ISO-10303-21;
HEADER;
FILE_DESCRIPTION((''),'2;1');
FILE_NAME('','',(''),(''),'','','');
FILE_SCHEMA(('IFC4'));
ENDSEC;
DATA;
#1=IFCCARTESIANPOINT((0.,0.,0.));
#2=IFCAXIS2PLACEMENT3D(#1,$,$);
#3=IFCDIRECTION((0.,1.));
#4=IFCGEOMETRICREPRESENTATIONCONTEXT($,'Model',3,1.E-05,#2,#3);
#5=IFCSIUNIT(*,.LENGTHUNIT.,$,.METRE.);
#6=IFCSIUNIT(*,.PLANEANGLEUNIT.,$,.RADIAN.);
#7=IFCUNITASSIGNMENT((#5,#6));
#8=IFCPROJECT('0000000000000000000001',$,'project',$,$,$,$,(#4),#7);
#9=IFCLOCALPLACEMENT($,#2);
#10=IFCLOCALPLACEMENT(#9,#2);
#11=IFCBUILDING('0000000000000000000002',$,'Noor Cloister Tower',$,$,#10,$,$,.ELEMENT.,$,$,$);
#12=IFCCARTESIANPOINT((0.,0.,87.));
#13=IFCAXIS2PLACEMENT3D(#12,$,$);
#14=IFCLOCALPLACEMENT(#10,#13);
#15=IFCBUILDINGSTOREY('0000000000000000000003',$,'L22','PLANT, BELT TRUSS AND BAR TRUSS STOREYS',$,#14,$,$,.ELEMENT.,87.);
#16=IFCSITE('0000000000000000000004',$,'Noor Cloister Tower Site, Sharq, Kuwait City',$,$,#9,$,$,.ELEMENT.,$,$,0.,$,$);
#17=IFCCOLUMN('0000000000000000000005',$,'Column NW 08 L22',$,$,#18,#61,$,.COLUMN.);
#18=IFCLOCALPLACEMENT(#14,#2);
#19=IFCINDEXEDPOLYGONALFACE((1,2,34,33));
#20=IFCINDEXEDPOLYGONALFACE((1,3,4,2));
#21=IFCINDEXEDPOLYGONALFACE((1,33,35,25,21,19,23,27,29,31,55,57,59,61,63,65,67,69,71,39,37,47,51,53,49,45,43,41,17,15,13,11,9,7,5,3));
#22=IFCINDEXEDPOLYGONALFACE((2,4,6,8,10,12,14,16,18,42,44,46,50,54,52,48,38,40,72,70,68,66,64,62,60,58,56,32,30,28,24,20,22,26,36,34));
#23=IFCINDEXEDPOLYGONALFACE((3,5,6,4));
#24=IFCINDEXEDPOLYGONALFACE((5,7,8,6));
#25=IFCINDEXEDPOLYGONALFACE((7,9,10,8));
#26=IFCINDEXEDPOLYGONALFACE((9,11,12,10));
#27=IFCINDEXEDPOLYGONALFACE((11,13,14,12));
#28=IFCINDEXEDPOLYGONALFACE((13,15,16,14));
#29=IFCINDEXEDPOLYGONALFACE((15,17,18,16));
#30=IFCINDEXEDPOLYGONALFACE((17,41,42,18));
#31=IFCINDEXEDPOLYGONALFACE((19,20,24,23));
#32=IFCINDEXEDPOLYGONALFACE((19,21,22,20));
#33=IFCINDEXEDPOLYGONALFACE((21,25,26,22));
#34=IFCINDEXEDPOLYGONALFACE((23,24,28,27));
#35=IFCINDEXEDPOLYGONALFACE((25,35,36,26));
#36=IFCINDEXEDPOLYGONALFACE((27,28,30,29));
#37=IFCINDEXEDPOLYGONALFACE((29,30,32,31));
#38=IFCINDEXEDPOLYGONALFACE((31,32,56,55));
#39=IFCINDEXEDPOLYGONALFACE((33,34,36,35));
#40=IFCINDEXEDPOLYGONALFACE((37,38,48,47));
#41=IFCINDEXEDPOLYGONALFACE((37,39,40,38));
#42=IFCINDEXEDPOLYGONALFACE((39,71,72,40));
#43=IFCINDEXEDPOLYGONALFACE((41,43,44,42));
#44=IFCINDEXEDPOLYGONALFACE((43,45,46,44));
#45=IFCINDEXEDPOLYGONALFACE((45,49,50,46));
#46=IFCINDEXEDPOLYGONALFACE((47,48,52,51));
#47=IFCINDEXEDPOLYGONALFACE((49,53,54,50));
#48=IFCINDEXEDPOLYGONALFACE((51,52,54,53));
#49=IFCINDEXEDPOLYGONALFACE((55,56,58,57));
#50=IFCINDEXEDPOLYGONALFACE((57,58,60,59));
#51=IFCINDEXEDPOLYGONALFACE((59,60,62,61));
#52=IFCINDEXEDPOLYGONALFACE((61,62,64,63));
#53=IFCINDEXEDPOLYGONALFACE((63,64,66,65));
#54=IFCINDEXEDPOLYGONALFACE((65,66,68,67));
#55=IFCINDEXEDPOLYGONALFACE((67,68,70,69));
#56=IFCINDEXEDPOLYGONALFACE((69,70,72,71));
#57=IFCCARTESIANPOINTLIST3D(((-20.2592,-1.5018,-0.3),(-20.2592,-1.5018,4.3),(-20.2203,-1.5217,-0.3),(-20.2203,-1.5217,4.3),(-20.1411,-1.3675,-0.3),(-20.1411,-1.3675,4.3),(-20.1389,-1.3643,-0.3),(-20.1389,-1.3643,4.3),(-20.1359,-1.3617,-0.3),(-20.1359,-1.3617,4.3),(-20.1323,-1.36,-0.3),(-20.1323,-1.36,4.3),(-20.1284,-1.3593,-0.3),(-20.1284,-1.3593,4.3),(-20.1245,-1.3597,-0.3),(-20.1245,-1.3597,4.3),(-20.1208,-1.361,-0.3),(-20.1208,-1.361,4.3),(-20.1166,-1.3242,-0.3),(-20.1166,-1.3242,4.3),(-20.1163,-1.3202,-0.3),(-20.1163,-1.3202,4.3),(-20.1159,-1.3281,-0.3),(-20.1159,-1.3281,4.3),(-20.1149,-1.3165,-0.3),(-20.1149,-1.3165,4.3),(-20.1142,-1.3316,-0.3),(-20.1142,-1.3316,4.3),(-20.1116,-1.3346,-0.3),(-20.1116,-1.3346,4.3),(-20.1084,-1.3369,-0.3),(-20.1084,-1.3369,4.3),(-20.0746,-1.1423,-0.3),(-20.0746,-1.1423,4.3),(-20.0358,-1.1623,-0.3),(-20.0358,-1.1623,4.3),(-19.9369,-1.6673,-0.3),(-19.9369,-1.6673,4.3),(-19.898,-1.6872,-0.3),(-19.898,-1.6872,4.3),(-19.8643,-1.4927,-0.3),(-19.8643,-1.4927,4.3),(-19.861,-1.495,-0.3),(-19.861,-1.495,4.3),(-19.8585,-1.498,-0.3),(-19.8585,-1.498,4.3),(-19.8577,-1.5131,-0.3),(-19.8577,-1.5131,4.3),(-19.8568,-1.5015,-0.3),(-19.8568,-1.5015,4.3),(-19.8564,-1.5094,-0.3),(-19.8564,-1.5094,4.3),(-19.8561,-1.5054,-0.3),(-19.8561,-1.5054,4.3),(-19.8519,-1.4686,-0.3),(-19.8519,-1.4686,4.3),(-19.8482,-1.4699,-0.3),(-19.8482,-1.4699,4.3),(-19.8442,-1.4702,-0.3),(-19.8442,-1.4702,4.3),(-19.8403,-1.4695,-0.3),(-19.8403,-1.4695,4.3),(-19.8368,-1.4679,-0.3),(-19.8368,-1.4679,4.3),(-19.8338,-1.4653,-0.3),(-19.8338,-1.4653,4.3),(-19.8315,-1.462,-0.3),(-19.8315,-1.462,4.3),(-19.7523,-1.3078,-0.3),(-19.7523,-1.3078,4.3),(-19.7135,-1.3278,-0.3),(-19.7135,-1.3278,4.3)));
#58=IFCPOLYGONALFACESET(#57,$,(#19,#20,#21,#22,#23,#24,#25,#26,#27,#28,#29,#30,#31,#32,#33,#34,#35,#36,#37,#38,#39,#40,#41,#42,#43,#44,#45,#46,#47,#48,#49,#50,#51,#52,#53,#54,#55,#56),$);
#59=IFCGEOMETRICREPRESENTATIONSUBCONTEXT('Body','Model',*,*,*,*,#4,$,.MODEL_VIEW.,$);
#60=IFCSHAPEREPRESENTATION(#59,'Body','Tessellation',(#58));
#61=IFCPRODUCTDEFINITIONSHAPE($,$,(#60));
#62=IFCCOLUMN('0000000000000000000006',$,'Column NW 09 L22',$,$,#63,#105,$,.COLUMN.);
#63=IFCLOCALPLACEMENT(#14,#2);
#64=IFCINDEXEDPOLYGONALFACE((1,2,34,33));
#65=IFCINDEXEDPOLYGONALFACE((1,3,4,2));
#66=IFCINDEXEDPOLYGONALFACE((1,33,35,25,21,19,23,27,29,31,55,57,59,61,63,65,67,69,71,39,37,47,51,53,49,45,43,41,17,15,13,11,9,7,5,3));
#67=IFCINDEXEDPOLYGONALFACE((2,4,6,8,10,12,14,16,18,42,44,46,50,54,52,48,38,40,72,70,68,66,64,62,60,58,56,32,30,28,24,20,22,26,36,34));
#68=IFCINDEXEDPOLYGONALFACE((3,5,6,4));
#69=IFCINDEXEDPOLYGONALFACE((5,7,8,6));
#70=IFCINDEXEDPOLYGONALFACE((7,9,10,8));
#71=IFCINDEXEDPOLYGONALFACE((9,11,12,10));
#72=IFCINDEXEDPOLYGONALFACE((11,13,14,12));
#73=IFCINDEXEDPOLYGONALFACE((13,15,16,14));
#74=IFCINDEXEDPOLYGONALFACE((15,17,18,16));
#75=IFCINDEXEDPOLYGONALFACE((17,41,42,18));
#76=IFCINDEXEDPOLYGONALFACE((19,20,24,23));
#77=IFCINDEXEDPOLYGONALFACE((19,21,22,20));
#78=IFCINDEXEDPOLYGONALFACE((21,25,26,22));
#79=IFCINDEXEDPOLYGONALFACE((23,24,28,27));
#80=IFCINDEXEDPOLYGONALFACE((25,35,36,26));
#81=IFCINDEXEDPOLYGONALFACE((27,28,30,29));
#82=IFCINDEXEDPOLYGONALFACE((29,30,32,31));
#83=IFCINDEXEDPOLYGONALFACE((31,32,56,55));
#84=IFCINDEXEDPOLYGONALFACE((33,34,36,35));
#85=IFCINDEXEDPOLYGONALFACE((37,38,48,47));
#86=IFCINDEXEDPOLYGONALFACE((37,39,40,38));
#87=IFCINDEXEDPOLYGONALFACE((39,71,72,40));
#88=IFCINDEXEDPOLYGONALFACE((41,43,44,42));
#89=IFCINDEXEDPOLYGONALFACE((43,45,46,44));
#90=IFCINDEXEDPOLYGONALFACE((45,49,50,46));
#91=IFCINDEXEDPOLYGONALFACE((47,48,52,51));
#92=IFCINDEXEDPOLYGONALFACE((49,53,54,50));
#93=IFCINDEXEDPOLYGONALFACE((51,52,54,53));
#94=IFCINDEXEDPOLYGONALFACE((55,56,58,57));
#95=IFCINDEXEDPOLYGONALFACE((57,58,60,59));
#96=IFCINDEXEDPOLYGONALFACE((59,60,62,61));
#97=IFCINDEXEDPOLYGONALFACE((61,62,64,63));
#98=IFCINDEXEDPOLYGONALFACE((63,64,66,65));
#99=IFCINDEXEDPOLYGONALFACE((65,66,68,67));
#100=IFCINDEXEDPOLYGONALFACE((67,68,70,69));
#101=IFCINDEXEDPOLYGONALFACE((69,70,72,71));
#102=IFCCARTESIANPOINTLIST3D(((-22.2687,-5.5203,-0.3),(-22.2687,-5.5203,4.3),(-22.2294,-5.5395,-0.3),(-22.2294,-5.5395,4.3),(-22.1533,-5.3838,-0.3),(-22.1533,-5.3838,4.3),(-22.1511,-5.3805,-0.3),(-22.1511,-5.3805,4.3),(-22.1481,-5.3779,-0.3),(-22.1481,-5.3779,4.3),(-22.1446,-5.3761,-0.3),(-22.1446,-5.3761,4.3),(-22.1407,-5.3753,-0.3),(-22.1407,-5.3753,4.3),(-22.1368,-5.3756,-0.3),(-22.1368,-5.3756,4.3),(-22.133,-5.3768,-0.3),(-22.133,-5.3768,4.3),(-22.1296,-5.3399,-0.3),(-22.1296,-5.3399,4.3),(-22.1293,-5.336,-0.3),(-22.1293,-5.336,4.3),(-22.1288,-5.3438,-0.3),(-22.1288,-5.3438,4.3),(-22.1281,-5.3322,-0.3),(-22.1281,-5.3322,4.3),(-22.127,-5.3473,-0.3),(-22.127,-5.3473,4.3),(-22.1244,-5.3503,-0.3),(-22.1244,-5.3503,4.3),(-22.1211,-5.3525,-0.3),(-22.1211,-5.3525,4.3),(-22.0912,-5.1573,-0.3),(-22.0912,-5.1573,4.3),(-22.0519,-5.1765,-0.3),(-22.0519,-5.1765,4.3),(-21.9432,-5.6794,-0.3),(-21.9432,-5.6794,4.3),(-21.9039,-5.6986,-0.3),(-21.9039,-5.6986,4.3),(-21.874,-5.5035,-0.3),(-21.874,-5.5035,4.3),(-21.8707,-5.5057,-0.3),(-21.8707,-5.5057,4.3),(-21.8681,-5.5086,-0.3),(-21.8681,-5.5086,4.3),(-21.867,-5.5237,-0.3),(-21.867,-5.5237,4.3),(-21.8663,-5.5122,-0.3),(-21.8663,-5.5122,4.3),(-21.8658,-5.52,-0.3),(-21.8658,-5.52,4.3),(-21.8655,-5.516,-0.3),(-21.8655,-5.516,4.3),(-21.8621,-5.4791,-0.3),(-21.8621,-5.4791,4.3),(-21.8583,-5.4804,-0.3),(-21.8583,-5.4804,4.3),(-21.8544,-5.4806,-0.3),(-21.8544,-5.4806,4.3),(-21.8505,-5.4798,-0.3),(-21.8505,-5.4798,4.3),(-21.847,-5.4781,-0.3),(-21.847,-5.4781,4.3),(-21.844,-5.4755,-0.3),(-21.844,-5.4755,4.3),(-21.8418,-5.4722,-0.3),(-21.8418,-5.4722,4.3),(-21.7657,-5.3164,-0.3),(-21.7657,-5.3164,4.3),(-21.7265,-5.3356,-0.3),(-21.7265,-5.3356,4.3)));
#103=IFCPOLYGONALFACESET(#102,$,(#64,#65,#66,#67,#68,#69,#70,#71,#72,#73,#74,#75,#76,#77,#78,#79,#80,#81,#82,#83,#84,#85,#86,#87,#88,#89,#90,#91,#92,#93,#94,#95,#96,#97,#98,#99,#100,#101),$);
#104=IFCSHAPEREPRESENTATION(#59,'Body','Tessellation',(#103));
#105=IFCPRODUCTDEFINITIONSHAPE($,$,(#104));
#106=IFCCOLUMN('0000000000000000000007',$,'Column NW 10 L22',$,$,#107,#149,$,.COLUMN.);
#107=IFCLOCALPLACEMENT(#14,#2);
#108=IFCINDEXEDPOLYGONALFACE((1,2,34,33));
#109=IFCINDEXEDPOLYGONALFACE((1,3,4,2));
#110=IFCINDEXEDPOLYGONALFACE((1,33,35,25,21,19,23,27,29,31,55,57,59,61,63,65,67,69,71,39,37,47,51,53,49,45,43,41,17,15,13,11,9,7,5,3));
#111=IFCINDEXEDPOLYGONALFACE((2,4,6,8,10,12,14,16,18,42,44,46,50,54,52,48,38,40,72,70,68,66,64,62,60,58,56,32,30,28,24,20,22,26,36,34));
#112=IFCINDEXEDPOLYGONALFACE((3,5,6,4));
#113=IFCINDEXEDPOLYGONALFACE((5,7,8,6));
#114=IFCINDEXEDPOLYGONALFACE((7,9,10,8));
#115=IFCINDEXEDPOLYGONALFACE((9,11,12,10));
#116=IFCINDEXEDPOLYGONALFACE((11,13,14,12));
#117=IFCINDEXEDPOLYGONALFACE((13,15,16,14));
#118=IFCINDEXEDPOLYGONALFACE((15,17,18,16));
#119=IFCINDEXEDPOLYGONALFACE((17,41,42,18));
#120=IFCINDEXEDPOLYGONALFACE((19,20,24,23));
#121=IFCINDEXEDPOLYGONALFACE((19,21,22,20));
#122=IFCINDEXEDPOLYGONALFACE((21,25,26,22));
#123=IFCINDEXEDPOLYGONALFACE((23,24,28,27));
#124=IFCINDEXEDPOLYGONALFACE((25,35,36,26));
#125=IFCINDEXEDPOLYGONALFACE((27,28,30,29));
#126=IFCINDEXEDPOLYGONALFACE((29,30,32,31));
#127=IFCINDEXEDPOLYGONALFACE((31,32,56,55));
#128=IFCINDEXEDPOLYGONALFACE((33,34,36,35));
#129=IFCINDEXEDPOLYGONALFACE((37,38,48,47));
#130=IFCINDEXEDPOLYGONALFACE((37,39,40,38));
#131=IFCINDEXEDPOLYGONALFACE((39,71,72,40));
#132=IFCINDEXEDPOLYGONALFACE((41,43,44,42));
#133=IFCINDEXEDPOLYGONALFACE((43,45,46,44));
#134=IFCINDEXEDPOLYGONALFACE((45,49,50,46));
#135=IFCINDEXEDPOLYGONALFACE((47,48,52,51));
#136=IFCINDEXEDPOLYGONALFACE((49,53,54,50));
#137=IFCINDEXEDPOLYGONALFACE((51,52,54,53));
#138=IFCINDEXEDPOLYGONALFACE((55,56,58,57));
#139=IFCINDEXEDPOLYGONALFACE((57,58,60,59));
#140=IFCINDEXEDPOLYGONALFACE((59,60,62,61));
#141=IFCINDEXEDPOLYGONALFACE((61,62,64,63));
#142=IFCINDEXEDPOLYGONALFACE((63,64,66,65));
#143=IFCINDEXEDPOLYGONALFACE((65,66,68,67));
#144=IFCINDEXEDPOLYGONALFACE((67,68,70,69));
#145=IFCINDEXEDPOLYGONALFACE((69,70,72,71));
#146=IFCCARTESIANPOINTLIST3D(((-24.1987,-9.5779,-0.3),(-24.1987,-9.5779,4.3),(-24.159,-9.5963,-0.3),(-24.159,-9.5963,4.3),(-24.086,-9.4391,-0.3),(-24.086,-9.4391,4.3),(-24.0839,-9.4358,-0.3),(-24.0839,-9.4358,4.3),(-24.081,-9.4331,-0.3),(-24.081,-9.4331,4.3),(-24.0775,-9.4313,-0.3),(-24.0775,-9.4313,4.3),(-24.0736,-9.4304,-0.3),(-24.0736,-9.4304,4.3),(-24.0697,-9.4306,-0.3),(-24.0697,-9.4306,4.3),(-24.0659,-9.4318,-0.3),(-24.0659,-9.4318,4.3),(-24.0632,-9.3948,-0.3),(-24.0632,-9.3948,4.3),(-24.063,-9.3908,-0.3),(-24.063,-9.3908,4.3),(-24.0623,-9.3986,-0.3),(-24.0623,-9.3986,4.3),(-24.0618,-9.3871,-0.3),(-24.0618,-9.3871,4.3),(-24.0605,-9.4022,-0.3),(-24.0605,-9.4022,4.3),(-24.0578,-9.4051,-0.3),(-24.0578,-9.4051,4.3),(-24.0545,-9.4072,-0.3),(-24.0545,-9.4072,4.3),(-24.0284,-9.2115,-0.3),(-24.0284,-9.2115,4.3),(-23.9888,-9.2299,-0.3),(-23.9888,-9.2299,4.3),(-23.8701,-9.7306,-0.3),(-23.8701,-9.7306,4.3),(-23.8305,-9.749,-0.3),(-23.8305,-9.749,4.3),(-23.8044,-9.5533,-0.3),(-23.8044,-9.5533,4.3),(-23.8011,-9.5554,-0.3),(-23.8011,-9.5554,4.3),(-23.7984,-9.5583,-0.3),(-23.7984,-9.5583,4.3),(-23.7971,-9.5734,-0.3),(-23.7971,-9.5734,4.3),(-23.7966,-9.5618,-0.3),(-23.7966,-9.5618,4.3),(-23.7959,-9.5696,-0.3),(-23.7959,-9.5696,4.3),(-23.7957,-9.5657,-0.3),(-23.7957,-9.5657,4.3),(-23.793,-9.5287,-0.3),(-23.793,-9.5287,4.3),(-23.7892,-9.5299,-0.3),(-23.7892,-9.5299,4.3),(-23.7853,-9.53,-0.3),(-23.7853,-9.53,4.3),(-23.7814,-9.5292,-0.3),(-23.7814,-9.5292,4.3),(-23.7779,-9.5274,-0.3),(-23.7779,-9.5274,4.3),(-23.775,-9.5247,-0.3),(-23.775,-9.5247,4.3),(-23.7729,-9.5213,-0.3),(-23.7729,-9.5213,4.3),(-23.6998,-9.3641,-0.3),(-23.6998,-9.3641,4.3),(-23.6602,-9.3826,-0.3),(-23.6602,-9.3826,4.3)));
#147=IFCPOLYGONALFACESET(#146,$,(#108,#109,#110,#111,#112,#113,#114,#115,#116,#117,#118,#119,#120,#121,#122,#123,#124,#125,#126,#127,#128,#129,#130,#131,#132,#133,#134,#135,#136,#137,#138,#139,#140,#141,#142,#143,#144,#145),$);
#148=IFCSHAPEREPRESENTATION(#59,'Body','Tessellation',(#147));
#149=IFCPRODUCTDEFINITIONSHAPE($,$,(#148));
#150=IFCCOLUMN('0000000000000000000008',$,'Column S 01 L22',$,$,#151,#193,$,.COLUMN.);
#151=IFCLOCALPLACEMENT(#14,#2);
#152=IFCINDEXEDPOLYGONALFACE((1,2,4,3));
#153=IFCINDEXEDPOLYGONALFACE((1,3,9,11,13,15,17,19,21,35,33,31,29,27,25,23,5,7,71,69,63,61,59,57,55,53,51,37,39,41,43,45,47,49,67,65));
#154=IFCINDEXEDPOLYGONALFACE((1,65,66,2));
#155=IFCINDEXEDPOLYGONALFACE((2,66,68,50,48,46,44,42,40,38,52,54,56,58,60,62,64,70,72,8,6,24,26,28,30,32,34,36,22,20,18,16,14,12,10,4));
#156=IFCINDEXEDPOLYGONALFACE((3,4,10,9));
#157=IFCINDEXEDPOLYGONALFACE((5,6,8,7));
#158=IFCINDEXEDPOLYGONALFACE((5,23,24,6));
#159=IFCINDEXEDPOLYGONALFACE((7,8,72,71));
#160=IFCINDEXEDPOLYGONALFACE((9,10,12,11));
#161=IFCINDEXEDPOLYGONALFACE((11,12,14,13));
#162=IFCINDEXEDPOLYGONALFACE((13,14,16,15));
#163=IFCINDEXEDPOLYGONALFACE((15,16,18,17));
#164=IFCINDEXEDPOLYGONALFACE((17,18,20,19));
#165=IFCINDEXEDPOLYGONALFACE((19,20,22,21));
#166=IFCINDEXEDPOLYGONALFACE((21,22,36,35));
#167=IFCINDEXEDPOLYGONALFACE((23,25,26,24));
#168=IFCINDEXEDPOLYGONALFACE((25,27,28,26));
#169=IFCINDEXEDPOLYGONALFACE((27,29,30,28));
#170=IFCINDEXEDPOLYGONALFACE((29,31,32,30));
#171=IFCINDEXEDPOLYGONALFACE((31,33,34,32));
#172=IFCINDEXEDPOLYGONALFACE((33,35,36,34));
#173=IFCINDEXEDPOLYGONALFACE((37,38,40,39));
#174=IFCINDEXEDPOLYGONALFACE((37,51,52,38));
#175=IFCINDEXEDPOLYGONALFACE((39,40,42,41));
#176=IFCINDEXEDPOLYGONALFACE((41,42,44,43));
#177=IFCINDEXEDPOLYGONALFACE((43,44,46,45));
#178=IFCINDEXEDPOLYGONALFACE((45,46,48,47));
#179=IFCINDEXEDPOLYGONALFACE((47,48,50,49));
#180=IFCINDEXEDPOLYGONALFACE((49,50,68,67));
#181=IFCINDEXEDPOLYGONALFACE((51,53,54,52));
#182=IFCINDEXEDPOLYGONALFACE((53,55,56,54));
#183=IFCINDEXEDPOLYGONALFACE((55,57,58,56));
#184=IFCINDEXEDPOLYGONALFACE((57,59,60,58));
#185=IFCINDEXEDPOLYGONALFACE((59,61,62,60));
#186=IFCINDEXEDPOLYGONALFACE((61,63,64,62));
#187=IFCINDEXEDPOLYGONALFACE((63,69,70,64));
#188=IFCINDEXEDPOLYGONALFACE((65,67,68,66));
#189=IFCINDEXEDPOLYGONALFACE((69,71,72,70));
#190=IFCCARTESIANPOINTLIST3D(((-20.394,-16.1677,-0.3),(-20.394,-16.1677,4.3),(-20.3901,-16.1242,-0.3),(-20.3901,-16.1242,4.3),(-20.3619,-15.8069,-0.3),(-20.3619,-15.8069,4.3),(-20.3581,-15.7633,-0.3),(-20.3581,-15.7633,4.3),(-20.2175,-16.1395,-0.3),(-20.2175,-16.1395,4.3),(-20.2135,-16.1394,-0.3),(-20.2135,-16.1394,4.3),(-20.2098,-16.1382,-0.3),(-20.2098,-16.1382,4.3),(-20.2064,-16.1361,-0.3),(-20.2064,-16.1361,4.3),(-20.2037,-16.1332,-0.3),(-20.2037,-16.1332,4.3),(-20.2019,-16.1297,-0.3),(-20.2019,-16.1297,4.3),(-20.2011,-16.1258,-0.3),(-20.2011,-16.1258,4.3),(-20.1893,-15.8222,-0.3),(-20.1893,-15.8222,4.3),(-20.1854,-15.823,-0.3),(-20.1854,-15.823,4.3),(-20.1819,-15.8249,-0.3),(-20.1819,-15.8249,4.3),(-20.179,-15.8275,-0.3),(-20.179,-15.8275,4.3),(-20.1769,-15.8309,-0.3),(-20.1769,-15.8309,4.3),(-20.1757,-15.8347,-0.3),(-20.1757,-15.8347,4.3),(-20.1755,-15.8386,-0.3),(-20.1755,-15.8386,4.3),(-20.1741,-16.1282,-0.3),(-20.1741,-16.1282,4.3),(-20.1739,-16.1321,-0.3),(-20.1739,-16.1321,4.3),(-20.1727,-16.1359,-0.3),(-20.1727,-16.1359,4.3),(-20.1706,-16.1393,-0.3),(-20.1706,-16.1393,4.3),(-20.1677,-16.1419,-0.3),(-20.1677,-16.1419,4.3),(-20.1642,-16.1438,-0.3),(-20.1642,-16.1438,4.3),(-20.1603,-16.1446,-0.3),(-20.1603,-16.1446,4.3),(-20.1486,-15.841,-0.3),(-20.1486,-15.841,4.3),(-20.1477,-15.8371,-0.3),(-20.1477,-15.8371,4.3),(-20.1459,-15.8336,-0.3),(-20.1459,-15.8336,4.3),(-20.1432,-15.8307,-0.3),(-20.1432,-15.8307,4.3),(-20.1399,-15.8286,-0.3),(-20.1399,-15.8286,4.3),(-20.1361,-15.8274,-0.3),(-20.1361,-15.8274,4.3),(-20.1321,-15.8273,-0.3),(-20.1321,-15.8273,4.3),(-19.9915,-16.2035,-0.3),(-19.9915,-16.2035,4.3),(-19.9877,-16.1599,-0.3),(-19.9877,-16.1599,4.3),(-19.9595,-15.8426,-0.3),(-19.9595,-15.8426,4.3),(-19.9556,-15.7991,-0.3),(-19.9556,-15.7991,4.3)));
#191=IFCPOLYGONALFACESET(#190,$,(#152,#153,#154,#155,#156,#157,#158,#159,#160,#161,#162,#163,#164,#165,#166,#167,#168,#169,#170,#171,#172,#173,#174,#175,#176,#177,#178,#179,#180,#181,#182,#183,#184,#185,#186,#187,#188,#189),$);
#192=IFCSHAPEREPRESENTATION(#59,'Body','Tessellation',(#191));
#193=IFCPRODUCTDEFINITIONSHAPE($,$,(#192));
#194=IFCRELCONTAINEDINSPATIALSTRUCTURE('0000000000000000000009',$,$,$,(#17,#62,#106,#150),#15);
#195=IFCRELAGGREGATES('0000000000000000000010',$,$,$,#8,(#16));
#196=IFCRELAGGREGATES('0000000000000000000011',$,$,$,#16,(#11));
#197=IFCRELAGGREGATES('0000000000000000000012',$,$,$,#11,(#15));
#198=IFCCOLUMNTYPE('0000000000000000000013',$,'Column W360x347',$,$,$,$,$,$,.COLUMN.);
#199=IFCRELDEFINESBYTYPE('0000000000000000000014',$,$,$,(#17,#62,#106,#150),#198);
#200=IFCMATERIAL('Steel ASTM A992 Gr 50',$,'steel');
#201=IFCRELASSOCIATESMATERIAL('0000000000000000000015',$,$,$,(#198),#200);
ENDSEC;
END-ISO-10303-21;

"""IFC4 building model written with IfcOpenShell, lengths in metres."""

from ifc_helpers import new_model, si_unit, direction, frame, origin, origin_2d, place, context, subcontext, project, spatial, i_section, extrude, material, material_profile, profile_set, type_object, element, save


model = new_model("IFC4")

# Units and contexts
model_context = context("Model", 3, precision=1e-05, world=origin(), true_north=direction((0.0, 1.0)))
body_context = subcontext(model_context, "Body", "Model", "MODEL_VIEW")
ifc_project = project(units=[si_unit("LENGTHUNIT", "METRE"), si_unit("PLANEANGLEUNIT", "RADIAN")], contexts=[model_context])

# Site, building, storey
site_placement = place(None, origin())
site = spatial("IfcSite", under=ifc_project, at=site_placement, Name="Noor Cloister Tower Site, Sharq, Kuwait City", CompositionType="ELEMENT", RefElevation=0.0)
building_placement = place(site_placement, origin())
building = spatial("IfcBuilding", under=site, at=building_placement, Name="Noor Cloister Tower", CompositionType="ELEMENT")
storey_placement = place(building_placement, frame((0.0, 0.0, 87.0)))
storey = spatial("IfcBuildingStorey", under=building, at=storey_placement, Name="L22", Description="PLANT, BELT TRUSS AND BAR TRUSS STOREYS", CompositionType="ELEMENT", Elevation=87.0)

# Columns
ifc_material_1 = material(Name="Steel ASTM A992 Gr 50", Category="steel")
ifc_material_profile_1 = material_profile(ifc_material_1, i_section(OverallWidth=0.4041, OverallDepth=0.406, WebThickness=0.0271, FlangeThickness=0.0437, FilletRadius=0.0151, at=origin_2d()), Name="W360x347")
ifc_profile_set_1 = profile_set([ifc_material_profile_1], Name="Steel ASTM A992 Gr 50")
column_type_1 = type_object("IfcColumnType", Name="Column W360x347", PredefinedType="COLUMN", material=ifc_profile_set_1)
for number, where, z_axis, x_axis, name in (
    (1, (-19.9863, -1.4148, -0.3), (0.0, 0.0, 1.0), (-0.456796, -0.889571, 0.0), "Column NW 08 L22"),
    (2, (-21.9976, -5.428, -0.3), (0.0, 0.0, 1.0), (-0.439199, -0.89839, 0.0), "Column NW 09 L22"),
    (3, (-23.9294, -9.4802, -0.3), (0.0, 0.0, 1.0), (-0.421432, -0.90686, 0.0), "Column NW 10 L22"),
    (4, (-20.1748, -15.9834, -0.3), (0.0, 0.0, 1.0), (0.99608, -0.088459, 0.0), "Column S 01 L22"),
):
    element("IfcColumn", number, at=place(storey_placement, frame(where, z_axis=z_axis, x_axis=x_axis)), inside=storey, type_object=column_type_1, Name=name, PredefinedType="COLUMN", context=body_context, shape_type="SweptSolid", body=[
        extrude(i_section(OverallWidth=0.4041, OverallDepth=0.406, WebThickness=0.0271, FlangeThickness=0.0437, FilletRadius=0.0151, at=origin_2d()), origin(), (0.0, 0.0, 1.0), 4.6001),
    ])

save(model, "model.ifc")
